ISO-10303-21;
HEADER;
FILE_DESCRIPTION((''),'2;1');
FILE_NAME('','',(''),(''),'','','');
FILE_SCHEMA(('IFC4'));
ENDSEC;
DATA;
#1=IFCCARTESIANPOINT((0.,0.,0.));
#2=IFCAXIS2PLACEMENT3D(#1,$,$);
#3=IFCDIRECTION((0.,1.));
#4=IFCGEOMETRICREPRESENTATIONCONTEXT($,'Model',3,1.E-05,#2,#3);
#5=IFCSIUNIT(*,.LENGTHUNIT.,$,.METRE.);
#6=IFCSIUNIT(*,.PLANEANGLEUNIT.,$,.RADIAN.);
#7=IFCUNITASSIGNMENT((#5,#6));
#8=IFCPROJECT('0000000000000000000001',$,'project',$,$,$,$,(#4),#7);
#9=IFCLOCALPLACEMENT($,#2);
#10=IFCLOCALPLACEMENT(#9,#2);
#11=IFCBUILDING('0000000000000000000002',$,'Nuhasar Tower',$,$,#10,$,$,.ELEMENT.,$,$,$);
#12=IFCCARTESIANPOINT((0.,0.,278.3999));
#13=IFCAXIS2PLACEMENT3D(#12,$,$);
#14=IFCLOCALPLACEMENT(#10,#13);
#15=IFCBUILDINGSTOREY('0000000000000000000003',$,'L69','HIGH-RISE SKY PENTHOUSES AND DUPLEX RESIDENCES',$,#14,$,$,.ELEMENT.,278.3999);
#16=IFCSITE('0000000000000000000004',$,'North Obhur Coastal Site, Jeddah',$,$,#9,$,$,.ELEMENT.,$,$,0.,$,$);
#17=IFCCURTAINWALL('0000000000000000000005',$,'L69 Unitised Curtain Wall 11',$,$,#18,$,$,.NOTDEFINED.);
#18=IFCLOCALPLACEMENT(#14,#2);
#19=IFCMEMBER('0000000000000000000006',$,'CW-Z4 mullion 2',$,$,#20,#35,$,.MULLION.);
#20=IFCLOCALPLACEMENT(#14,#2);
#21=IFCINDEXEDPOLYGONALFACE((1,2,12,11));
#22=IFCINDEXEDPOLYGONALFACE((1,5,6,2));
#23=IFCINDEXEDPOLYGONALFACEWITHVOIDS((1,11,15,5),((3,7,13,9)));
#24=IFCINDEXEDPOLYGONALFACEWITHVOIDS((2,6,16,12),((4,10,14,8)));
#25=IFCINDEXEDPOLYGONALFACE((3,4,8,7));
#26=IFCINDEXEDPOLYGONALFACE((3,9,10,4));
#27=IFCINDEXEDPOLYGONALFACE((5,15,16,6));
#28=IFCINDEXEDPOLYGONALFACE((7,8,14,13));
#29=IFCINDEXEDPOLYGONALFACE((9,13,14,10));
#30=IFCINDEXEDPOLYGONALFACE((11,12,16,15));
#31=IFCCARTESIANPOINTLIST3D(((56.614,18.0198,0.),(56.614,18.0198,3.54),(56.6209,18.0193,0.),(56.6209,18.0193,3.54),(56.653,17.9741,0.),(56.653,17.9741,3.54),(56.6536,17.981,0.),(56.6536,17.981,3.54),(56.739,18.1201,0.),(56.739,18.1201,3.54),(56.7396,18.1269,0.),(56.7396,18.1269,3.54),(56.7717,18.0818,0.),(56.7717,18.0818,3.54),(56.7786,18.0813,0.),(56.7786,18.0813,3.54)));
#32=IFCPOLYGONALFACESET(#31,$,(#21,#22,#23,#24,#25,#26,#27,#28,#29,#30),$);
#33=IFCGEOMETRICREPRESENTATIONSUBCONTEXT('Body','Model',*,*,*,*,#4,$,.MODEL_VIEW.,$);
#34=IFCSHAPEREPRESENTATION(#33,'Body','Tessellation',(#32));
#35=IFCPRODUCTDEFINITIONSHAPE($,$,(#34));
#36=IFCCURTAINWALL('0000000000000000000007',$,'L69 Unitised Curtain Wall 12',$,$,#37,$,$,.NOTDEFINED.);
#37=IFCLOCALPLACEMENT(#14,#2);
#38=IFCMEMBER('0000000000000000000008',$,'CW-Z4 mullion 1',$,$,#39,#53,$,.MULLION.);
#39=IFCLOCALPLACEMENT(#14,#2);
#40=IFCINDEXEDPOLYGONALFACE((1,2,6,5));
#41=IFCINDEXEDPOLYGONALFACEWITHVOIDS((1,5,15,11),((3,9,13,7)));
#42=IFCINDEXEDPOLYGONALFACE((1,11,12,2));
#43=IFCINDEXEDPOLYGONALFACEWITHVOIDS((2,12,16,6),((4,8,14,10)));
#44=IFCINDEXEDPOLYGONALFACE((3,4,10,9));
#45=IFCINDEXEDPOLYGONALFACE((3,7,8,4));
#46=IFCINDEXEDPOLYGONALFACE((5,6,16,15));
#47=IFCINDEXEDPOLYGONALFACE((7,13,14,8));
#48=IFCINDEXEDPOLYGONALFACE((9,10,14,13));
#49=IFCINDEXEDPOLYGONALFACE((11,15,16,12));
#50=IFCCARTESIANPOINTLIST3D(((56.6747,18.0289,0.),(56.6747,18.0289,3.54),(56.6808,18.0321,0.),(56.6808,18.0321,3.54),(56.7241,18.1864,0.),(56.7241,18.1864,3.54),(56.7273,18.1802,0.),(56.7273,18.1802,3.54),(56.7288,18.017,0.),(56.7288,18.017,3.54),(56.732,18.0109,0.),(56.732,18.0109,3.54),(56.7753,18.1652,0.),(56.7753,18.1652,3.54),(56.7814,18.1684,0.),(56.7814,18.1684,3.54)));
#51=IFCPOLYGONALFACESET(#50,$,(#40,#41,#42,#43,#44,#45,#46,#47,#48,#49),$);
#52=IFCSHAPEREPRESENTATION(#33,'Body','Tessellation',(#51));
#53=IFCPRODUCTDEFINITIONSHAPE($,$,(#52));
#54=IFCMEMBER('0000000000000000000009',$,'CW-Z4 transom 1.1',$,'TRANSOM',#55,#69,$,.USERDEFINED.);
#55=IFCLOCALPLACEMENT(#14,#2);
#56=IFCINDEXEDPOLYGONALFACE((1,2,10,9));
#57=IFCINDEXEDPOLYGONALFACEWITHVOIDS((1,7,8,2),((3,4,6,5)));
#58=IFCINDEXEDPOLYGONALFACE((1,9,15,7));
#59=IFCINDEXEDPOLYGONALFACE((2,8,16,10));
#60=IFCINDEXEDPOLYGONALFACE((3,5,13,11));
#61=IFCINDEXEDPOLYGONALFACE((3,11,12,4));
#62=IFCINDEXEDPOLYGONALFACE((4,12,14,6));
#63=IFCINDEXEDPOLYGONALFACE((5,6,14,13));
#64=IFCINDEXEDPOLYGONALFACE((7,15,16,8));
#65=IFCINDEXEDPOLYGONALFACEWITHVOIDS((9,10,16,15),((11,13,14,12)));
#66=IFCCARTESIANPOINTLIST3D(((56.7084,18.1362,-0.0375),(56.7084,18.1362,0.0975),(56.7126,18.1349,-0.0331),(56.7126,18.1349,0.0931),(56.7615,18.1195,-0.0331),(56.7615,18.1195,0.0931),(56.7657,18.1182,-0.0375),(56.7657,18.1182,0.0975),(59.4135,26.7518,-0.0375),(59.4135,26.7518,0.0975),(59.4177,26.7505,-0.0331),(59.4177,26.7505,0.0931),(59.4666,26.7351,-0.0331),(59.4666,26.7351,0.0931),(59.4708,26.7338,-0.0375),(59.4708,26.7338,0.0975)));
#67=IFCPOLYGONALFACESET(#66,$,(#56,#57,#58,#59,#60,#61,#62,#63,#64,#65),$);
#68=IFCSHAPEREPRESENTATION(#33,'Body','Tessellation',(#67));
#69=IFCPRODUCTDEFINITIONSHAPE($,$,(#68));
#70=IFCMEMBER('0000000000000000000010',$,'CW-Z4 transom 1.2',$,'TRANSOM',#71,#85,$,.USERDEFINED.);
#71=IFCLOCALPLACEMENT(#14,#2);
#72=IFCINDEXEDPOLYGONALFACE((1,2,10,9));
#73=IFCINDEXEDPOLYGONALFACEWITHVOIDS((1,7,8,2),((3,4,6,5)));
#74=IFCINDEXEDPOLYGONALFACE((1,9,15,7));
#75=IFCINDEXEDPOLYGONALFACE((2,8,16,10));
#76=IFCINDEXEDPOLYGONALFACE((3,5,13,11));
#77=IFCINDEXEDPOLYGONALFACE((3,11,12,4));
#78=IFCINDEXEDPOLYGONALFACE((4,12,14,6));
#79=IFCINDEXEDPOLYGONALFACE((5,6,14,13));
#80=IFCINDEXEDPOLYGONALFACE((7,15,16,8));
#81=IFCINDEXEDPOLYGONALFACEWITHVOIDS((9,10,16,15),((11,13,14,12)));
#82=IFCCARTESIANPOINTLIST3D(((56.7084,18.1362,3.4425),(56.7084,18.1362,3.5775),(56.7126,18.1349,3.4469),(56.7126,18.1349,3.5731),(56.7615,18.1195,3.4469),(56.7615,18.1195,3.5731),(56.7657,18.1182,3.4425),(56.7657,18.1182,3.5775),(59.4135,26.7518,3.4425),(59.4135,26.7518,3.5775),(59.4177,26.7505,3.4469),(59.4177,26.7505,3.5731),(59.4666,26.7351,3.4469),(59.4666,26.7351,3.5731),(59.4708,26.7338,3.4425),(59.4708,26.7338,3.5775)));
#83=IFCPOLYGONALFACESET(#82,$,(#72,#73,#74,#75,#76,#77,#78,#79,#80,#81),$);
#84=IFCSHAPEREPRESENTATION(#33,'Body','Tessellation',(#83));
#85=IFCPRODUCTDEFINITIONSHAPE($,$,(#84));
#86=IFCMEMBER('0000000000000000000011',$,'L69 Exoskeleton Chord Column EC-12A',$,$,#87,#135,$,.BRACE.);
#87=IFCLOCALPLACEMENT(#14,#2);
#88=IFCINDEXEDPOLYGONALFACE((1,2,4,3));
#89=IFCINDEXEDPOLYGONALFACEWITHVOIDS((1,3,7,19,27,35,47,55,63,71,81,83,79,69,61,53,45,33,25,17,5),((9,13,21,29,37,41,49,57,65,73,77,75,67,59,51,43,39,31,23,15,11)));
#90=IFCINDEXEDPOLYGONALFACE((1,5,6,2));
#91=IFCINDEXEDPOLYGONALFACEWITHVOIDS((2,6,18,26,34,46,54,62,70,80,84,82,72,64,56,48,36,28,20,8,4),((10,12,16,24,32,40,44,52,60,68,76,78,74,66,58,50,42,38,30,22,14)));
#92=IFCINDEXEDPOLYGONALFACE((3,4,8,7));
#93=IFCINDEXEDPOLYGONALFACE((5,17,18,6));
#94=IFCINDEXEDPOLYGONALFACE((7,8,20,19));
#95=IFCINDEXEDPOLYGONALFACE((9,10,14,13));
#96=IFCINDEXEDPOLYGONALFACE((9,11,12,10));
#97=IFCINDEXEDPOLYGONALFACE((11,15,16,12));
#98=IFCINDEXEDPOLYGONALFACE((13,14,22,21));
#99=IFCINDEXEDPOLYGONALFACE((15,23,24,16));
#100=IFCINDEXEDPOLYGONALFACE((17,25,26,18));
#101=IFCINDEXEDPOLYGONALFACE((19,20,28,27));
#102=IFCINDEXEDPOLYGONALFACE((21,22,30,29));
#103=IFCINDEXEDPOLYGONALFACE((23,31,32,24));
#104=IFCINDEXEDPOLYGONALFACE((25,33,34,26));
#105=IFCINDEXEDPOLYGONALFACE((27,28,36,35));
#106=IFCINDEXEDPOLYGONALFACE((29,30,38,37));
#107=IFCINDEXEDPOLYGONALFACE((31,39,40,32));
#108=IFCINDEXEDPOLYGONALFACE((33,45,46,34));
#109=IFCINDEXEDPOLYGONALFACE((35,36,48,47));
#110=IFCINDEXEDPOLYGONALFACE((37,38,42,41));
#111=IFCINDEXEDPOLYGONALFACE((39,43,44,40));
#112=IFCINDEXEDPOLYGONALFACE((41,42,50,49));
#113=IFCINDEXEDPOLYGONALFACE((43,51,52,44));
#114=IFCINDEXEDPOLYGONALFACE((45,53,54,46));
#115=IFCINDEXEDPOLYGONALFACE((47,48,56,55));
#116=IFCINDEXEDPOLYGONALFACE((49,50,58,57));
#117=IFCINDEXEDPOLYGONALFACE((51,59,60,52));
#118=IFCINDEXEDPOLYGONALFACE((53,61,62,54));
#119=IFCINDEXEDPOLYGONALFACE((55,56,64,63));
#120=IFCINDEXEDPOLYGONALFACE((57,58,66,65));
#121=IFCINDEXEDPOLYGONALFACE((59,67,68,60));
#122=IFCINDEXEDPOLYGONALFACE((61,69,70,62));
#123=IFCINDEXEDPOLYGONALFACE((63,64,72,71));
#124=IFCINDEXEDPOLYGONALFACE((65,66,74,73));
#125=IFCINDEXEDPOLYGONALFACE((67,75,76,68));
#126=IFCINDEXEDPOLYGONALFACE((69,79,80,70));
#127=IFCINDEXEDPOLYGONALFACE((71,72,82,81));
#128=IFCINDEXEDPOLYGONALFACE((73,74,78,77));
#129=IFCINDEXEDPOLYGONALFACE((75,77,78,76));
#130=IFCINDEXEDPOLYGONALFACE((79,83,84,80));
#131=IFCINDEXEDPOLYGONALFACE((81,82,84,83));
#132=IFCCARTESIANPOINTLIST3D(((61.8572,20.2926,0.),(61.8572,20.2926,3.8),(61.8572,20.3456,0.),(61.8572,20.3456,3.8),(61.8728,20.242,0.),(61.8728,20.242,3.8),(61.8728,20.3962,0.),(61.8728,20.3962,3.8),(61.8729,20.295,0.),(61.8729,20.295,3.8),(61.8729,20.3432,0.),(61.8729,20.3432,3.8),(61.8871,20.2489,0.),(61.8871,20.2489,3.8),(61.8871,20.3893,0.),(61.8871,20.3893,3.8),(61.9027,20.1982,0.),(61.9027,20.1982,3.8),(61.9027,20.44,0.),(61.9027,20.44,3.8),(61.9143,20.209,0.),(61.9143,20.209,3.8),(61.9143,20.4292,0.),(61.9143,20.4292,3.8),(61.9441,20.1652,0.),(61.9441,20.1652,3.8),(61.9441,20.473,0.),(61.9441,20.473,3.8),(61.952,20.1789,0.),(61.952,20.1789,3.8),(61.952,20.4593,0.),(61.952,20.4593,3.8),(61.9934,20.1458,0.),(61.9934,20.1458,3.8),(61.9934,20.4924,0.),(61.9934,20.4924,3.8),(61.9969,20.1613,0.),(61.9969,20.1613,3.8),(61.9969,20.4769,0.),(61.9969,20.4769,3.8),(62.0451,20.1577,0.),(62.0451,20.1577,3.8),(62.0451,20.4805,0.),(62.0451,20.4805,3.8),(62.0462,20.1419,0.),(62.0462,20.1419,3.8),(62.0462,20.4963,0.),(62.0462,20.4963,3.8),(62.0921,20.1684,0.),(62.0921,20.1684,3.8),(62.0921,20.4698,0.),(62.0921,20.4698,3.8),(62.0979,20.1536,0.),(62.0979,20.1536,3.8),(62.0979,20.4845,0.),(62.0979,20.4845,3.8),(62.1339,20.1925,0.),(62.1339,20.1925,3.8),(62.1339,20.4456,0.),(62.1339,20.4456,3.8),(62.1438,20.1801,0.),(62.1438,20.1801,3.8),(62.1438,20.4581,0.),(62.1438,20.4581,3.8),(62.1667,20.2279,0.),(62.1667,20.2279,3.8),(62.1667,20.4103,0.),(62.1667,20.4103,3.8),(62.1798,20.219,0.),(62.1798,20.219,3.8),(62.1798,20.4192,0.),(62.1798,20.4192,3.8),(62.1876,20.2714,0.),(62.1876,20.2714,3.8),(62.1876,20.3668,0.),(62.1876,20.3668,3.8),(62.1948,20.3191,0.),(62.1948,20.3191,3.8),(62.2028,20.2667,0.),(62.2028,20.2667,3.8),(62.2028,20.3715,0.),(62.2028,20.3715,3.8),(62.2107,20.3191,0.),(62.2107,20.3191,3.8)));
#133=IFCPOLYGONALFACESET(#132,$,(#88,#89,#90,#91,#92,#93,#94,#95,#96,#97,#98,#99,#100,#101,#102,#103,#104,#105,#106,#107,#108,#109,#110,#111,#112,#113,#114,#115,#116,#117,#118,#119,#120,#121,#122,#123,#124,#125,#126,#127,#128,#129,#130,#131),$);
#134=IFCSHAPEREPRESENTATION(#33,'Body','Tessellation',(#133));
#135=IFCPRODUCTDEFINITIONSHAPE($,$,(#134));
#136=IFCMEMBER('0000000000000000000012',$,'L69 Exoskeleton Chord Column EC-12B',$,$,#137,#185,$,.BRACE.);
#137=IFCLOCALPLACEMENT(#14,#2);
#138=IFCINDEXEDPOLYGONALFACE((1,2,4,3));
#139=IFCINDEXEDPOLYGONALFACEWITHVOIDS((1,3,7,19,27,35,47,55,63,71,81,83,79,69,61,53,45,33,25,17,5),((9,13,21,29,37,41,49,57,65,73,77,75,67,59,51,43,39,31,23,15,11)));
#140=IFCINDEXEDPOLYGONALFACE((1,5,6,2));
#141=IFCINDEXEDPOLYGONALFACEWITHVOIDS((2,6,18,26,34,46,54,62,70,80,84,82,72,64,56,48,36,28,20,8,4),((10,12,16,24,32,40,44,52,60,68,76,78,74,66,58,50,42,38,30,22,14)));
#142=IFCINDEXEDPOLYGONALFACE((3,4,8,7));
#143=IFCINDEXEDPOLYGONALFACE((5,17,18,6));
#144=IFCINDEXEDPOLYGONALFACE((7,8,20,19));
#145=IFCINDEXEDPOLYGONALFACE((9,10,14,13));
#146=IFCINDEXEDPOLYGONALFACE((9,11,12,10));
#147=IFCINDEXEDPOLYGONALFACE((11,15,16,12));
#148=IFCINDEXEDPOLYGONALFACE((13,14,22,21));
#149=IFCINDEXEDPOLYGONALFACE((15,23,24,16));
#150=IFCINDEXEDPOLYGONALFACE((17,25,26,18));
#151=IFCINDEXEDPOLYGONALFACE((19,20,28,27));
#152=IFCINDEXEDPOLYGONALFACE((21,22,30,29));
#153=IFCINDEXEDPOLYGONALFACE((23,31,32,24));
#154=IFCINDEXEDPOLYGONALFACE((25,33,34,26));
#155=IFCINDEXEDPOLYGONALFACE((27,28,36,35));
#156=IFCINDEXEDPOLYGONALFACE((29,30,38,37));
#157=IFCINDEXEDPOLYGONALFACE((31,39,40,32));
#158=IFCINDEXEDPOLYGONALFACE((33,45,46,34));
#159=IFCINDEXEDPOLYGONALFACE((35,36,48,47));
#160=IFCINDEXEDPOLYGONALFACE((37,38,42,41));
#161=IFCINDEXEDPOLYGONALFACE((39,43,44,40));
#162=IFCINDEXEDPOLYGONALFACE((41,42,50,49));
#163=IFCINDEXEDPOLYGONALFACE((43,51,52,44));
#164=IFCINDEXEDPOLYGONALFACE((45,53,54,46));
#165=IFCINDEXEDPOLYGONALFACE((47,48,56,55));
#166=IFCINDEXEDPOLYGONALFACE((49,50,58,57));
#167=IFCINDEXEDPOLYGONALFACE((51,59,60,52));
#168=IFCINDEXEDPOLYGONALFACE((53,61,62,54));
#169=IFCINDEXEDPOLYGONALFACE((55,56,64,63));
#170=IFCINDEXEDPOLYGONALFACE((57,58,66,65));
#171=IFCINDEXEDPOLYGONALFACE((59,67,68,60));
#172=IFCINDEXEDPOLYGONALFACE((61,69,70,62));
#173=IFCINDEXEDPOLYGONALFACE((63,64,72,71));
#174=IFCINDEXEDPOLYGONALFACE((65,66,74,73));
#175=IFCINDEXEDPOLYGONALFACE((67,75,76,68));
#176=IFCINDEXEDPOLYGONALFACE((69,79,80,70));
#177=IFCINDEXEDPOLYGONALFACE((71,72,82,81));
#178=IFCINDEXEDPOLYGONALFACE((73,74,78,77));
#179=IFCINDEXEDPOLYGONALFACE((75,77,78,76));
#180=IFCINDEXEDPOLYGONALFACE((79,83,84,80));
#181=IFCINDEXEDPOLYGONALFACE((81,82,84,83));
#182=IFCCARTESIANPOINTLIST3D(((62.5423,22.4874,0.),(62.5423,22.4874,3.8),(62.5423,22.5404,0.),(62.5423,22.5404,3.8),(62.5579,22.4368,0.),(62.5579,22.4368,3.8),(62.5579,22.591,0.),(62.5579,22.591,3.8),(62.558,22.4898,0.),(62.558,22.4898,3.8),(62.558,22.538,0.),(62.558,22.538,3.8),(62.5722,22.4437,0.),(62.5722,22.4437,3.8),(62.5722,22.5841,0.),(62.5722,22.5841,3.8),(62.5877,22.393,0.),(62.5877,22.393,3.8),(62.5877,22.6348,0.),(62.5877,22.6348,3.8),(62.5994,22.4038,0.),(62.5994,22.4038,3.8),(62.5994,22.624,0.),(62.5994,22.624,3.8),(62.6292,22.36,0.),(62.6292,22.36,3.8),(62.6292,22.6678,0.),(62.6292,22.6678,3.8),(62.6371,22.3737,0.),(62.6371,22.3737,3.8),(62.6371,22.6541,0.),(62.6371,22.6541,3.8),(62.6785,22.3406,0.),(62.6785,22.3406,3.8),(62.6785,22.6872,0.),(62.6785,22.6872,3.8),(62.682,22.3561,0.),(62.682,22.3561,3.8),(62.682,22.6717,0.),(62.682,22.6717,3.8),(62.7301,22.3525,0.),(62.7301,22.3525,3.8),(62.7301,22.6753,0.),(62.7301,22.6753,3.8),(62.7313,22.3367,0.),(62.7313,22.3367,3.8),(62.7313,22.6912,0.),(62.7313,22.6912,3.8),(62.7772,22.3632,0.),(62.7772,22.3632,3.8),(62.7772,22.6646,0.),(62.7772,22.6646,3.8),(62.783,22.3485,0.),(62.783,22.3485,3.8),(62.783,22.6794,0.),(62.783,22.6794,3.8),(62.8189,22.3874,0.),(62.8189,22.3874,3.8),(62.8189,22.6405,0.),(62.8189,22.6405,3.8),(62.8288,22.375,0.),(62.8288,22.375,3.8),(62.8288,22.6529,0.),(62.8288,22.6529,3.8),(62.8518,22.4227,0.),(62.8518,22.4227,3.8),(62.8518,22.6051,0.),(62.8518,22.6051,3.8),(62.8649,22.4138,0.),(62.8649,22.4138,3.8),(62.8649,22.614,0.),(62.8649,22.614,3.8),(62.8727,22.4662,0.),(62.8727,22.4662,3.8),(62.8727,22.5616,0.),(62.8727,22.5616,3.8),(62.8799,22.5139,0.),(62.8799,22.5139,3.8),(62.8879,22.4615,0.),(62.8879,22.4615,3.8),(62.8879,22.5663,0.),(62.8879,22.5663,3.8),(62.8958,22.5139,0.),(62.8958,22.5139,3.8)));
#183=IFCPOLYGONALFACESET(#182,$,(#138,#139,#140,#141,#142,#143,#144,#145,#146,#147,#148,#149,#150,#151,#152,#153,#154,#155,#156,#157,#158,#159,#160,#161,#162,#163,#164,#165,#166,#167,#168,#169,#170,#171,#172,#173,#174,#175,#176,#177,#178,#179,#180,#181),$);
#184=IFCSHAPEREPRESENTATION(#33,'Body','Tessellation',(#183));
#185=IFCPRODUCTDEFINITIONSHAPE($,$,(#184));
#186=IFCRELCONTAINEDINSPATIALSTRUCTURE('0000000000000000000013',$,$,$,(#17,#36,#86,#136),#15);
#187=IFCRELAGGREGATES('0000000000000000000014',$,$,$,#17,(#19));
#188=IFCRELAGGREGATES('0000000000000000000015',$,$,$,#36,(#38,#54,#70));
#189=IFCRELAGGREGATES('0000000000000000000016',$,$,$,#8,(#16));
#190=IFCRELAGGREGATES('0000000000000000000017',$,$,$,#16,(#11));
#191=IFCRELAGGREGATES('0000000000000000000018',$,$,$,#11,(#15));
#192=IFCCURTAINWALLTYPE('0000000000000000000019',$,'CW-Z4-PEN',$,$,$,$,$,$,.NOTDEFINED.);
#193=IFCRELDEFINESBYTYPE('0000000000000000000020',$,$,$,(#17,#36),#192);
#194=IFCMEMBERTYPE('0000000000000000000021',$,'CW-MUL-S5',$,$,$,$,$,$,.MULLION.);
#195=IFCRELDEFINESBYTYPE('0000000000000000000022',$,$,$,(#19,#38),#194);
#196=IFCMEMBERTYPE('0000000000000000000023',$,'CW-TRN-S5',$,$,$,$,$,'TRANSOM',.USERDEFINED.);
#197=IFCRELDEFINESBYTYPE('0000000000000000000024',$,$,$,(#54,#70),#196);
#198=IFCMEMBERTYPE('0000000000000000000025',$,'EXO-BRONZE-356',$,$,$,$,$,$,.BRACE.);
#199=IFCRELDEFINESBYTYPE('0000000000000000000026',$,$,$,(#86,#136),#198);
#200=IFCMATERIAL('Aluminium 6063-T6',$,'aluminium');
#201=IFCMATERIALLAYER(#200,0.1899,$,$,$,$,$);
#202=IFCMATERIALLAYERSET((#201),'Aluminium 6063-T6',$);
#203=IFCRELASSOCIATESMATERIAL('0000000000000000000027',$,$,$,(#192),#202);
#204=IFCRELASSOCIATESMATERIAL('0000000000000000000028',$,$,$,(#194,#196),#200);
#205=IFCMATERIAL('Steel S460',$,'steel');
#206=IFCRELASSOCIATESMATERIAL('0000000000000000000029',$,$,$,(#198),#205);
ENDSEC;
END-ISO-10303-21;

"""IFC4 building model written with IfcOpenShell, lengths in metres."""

from ifc_helpers import new_model, si_unit, direction, frame, origin, origin_2d, place, context, subcontext, project, spatial, hollow_rectangle, hollow_circle, extrude, material, layer, layer_set, material_profile, profile_set, type_object, element, aggregate, save


model = new_model("IFC4")

# Units and contexts
model_context = context("Model", 3, precision=1e-05, world=origin(), true_north=direction((0.0, 1.0)))
body_context = subcontext(model_context, "Body", "Model", "MODEL_VIEW")
ifc_project = project(units=[si_unit("LENGTHUNIT", "METRE"), si_unit("PLANEANGLEUNIT", "RADIAN")], contexts=[model_context])

# Site, building, storey
site_placement = place(None, origin())
site = spatial("IfcSite", under=ifc_project, at=site_placement, Name="North Obhur Coastal Site, Jeddah", CompositionType="ELEMENT", RefElevation=0.0)
building_placement = place(site_placement, origin())
building = spatial("IfcBuilding", under=site, at=building_placement, Name="Nuhasar Tower", CompositionType="ELEMENT")
storey_placement = place(building_placement, frame((0.0, 0.0, 278.3999)))
storey = spatial("IfcBuildingStorey", under=building, at=storey_placement, Name="L69", Description="HIGH-RISE SKY PENTHOUSES AND DUPLEX RESIDENCES", CompositionType="ELEMENT", Elevation=278.3999)

# Curtain wall, member
ifc_material_1 = material(Name="Aluminium 6063-T6", Category="aluminium")
ifc_layer_1 = layer(ifc_material_1, 0.1899)
ifc_layer_set_1 = layer_set([ifc_layer_1], Name="Aluminium 6063-T6")
curtain_wall_type = type_object("IfcCurtainWallType", Name="CW-Z4-PEN", PredefinedType="NOTDEFINED", material=ifc_layer_set_1)
curtain_wall_1_placement = place(storey_placement, origin())
curtain_wall_1 = element("IfcCurtainWall", 1, at=curtain_wall_1_placement, inside=storey, type_object=curtain_wall_type, Name="L69 Unitised Curtain Wall 11", PredefinedType="NOTDEFINED")
ifc_material_profile_1 = material_profile(ifc_material_1, hollow_rectangle(XDim=0.0601, YDim=0.165, WallThickness=0.0049, at=origin_2d()), Name="CWM-5")
ifc_profile_set_1 = profile_set([ifc_material_profile_1], Name="Aluminium 6063-T6")
member_type_1 = type_object("IfcMemberType", Name="CW-MUL-S5", PredefinedType="MULLION", material=ifc_profile_set_1)
member_1_placement = place(storey_placement, frame((56.6963, 18.0505, 0.0), z_axis=(0.0, 0.0, 1.0), x_axis=(-0.649142, 0.760667, 0.0)))
member_1 = element("IfcMember", 2, at=member_1_placement, type_object=member_type_1, Name="CW-Z4 mullion 2", PredefinedType="MULLION", context=body_context, shape_type="SweptSolid", body=[
    extrude(hollow_rectangle(XDim=0.0601, YDim=0.165, WallThickness=0.0049, at=origin_2d()), origin(), (0.0, 0.0, 1.0), 3.54),
])
aggregate(curtain_wall_1, [member_1])

# Curtain wall, members
curtain_wall_2_placement = place(storey_placement, origin())
curtain_wall_2 = element("IfcCurtainWall", 3, at=curtain_wall_2_placement, inside=storey, type_object=curtain_wall_type, Name="L69 Unitised Curtain Wall 12", PredefinedType="NOTDEFINED")
member_2_placement = place(storey_placement, frame((56.728, 18.0986, 0.0), z_axis=(0.0, 0.0, 1.0), x_axis=(-0.954079, 0.299557, 0.0)))
member_2 = element("IfcMember", 4, at=member_2_placement, type_object=member_type_1, Name="CW-Z4 mullion 1", PredefinedType="MULLION", context=body_context, shape_type="SweptSolid", body=[
    extrude(hollow_rectangle(XDim=0.0601, YDim=0.165, WallThickness=0.0049, at=origin_2d()), origin(), (0.0, 0.0, 1.0), 3.54),
])
ifc_material_profile_2 = material_profile(ifc_material_1, hollow_rectangle(XDim=0.0601, YDim=0.135, WallThickness=0.0044, at=origin_2d()), Name="CWT-5")
ifc_profile_set_2 = profile_set([ifc_material_profile_2], Name="Aluminium 6063-T6")
member_type_2 = type_object("IfcMemberType", Name="CW-TRN-S5", ElementType="TRANSOM", PredefinedType="USERDEFINED", material=ifc_profile_set_2)
member_3_placement = place(storey_placement, frame((56.7371, 18.1272, 0.03), z_axis=(0.29956, 0.954077, 0.0), x_axis=(-0.954077, 0.29956, 0.0)))
member_3 = element("IfcMember", 5, at=member_3_placement, type_object=member_type_2, Name="CW-Z4 transom 1.1", ObjectType="TRANSOM", PredefinedType="USERDEFINED", context=body_context, shape_type="SweptSolid", body=[
    extrude(hollow_rectangle(XDim=0.0601, YDim=0.135, WallThickness=0.0044, at=origin_2d()), origin(), (0.0, 0.0, 1.0), 9.0303),
])
member_4_placement = place(storey_placement, frame((56.7371, 18.1272, 3.51), z_axis=(0.29956, 0.954077, 0.0), x_axis=(-0.954077, 0.29956, 0.0)))
member_4 = element("IfcMember", 6, at=member_4_placement, type_object=member_type_2, Name="CW-Z4 transom 1.2", ObjectType="TRANSOM", PredefinedType="USERDEFINED", context=body_context, shape_type="SweptSolid", body=[
    extrude(hollow_rectangle(XDim=0.0601, YDim=0.135, WallThickness=0.0044, at=origin_2d()), origin(), (0.0, 0.0, 1.0), 9.0303),
])

# Members
ifc_material_2 = material(Name="Steel S460", Category="steel")
ifc_material_profile_3 = material_profile(ifc_material_2, hollow_circle(Radius=0.1777, WallThickness=0.0159, at=origin_2d()), Name="HSS355.6X15.9")
ifc_profile_set_3 = profile_set([ifc_material_profile_3], Name="Steel S460")
member_type_3 = type_object("IfcMemberType", Name="EXO-BRONZE-356", PredefinedType="BRACE", material=ifc_profile_set_3)
for number, where, z_axis, x_axis, name in (
    (7, (62.033, 20.3191, 0.0), (0.0, 0.0, 1.0), (1.0, 0.0, 0.0), "L69 Exoskeleton Chord Column EC-12A"),
    (8, (62.718, 22.5139, 0.0), (0.0, 0.0, 1.0), (1.0, 0.0, 0.0), "L69 Exoskeleton Chord Column EC-12B"),
):
    element("IfcMember", number, at=place(storey_placement, frame(where, z_axis=z_axis, x_axis=x_axis)), inside=storey, type_object=member_type_3, Name=name, PredefinedType="BRACE", context=body_context, shape_type="SweptSolid", body=[
        extrude(hollow_circle(Radius=0.1777, WallThickness=0.0159, at=origin_2d()), origin(), (0.0, 0.0, 1.0), 3.8),
    ])

aggregate(curtain_wall_2, [member_2, member_3, member_4])

save(model, "model.ifc")
